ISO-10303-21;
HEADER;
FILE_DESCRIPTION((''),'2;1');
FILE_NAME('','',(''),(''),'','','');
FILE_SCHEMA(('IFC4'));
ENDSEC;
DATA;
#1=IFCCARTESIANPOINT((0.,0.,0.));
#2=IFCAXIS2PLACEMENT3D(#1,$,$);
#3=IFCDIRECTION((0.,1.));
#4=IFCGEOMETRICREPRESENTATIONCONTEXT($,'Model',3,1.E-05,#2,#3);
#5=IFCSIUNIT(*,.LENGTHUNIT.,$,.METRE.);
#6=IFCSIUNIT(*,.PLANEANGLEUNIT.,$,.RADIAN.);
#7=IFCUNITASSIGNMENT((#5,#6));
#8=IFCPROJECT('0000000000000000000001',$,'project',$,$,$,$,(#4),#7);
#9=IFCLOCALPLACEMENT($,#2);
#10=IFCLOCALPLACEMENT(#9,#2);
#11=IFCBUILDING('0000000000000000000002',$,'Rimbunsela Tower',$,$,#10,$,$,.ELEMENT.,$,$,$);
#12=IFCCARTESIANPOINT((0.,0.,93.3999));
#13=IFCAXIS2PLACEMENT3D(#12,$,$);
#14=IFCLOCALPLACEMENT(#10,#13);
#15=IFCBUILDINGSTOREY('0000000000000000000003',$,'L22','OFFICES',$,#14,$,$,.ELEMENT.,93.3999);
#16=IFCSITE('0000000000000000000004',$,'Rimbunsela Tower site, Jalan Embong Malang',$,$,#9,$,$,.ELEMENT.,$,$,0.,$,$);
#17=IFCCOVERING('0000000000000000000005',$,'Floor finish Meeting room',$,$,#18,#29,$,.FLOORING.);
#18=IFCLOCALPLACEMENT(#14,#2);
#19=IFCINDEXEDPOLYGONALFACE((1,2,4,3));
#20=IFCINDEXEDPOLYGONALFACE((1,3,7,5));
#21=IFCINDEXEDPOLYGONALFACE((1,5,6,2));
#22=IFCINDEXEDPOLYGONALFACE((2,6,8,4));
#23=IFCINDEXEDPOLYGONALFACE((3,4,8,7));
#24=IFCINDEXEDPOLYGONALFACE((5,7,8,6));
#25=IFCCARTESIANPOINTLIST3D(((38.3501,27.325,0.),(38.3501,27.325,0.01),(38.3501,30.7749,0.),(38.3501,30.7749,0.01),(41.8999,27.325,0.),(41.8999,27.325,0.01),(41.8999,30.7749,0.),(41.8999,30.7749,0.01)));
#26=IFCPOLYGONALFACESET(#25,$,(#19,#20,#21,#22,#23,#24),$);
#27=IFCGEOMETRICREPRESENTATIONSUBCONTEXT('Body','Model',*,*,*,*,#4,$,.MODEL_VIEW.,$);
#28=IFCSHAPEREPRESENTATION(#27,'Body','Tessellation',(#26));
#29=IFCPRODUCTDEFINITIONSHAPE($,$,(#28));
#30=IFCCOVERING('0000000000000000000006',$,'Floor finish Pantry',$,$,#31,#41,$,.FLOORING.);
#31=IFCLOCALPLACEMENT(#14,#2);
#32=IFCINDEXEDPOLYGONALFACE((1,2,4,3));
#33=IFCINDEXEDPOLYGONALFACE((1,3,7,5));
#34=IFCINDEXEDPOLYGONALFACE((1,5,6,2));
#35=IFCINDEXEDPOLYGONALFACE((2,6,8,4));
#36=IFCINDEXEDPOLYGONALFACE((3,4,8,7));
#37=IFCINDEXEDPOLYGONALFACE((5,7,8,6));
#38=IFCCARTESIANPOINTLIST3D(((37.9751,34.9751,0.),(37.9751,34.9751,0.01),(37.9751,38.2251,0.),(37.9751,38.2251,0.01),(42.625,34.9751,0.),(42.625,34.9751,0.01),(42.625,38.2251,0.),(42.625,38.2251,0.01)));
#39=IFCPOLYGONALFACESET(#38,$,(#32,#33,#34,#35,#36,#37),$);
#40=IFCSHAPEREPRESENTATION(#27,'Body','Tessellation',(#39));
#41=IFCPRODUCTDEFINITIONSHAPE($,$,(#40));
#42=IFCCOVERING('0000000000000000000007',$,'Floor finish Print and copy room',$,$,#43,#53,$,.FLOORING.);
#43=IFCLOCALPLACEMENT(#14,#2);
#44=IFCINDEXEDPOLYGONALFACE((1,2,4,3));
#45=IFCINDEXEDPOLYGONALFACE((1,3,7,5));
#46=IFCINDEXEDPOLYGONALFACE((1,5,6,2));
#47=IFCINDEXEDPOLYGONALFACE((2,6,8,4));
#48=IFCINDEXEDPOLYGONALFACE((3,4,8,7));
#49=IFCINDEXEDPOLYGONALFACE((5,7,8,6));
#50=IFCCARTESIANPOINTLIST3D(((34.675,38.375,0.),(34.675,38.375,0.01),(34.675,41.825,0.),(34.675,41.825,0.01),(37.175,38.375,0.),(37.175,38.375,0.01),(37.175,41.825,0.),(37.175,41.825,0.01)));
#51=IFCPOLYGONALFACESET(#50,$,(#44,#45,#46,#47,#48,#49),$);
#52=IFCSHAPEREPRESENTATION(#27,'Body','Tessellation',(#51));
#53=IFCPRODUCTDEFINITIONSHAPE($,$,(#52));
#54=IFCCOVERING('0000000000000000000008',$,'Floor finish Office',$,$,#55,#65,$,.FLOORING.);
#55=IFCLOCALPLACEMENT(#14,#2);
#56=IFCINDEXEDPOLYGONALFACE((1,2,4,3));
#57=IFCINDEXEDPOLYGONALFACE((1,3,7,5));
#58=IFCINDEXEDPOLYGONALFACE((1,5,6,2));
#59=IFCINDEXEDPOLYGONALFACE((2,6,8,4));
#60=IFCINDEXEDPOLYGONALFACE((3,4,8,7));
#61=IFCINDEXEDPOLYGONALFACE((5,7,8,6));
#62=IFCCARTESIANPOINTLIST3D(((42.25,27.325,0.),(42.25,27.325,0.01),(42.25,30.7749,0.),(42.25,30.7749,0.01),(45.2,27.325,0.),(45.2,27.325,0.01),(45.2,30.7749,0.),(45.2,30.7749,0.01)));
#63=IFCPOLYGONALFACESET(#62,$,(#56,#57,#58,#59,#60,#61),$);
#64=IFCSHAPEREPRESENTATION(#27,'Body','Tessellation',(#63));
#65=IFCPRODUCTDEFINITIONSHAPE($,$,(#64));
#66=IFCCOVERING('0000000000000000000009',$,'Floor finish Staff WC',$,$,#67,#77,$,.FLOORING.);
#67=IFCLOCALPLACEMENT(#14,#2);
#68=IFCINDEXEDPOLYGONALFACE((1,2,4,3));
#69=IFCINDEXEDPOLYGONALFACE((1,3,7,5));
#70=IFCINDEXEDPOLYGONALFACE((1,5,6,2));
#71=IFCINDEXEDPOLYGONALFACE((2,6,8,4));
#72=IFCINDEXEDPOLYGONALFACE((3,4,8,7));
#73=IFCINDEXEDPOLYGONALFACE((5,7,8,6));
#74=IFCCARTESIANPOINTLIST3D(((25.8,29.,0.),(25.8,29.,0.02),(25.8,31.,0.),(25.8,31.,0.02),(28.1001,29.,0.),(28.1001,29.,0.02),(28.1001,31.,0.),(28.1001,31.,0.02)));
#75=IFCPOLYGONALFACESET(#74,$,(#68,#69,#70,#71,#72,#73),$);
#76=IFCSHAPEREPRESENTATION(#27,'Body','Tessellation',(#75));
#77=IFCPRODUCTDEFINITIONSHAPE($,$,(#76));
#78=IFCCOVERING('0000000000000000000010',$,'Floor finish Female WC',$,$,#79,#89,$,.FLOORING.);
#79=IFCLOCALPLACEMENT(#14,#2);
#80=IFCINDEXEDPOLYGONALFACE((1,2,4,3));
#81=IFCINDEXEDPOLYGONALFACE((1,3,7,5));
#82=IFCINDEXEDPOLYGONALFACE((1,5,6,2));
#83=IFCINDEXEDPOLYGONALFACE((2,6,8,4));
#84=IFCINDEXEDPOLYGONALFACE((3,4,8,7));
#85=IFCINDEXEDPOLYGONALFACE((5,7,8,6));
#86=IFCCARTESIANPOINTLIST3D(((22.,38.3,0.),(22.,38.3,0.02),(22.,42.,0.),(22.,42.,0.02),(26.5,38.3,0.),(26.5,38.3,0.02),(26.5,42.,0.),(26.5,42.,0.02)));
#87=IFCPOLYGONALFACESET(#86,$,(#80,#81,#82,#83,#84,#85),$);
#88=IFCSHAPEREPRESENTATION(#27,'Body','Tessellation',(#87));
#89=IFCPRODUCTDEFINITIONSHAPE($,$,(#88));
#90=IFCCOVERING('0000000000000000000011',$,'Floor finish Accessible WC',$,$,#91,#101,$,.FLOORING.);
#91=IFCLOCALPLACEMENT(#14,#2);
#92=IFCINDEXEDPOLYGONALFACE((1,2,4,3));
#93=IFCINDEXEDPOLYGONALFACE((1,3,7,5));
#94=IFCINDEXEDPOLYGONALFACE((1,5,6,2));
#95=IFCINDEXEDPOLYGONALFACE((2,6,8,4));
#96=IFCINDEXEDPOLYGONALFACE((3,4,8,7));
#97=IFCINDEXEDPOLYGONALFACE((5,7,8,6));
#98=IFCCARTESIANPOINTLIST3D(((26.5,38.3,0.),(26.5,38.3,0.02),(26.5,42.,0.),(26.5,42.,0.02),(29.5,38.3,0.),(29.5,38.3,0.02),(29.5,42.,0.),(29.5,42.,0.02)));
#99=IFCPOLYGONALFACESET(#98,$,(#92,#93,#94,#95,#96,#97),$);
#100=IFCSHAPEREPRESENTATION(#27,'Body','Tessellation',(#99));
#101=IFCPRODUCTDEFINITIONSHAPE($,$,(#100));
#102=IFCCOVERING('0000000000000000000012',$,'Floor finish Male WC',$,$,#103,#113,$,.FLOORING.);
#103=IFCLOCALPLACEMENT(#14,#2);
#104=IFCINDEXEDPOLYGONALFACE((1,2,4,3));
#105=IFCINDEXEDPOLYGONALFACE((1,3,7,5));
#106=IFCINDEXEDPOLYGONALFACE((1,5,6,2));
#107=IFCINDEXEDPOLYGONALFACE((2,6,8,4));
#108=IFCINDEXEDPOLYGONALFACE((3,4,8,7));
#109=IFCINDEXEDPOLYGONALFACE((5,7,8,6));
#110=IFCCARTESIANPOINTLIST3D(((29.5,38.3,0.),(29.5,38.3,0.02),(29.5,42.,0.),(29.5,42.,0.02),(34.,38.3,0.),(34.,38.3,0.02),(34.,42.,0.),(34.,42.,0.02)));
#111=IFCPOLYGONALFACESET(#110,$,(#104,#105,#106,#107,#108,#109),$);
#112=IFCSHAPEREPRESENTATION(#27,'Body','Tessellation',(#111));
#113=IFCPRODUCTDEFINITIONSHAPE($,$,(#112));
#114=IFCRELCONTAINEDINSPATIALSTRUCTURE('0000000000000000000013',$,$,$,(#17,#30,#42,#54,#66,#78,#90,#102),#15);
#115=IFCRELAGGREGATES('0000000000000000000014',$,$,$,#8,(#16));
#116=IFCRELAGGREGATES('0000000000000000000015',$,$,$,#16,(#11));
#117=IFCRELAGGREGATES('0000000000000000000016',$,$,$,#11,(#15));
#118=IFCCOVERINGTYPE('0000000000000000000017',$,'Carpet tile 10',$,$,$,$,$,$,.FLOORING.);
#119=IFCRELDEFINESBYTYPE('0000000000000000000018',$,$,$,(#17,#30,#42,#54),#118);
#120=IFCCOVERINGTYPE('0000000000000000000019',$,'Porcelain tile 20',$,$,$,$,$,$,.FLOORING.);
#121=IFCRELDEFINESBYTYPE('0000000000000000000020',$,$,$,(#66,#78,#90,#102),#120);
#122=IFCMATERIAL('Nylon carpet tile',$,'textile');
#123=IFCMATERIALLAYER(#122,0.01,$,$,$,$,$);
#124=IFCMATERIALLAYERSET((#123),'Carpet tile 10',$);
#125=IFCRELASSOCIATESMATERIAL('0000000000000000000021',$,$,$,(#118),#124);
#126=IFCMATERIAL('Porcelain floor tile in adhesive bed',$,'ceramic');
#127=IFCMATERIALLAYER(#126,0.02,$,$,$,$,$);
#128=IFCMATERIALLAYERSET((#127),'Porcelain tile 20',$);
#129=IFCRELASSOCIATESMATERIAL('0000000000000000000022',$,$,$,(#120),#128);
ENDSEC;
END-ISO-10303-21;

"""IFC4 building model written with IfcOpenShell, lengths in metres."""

from ifc_helpers import new_model, si_unit, direction, frame, origin, place, context, subcontext, project, spatial, polyline, outline, extrude, material, layer, layer_set, type_object, element, save


model = new_model("IFC4")

# Units and contexts
model_context = context("Model", 3, precision=1e-05, world=origin(), true_north=direction((0.0, 1.0)))
body_context = subcontext(model_context, "Body", "Model", "MODEL_VIEW")
ifc_project = project(units=[si_unit("LENGTHUNIT", "METRE"), si_unit("PLANEANGLEUNIT", "RADIAN")], contexts=[model_context])

# Site, building, storey
site_placement = place(None, origin())
site = spatial("IfcSite", under=ifc_project, at=site_placement, Name="Rimbunsela Tower site, Jalan Embong Malang", CompositionType="ELEMENT", RefElevation=0.0)
building_placement = place(site_placement, origin())
building = spatial("IfcBuilding", under=site, at=building_placement, Name="Rimbunsela Tower", CompositionType="ELEMENT")
storey_placement = place(building_placement, frame((0.0, 0.0, 93.3999)))
storey = spatial("IfcBuildingStorey", under=building, at=storey_placement, Name="L22", Description="OFFICES", CompositionType="ELEMENT", Elevation=93.3999)

# Coverings
ifc_material_1 = material(Name="Nylon carpet tile", Category="textile")
ifc_layer_1 = layer(ifc_material_1, 0.01)
ifc_layer_set_1 = layer_set([ifc_layer_1], Name="Carpet tile 10")
covering_type_1 = type_object("IfcCoveringType", Name="Carpet tile 10", PredefinedType="FLOORING", material=ifc_layer_set_1)
covering_1_placement = place(storey_placement, origin())
element("IfcCovering", 1, at=covering_1_placement, inside=storey, type_object=covering_type_1, Name="Floor finish Meeting room", PredefinedType="FLOORING", context=body_context, shape_type="SweptSolid", body=[
    extrude(outline(polyline([(41.8999, 27.325), (41.8999, 30.7749), (38.3501, 30.7749), (38.3501, 27.325), (41.8999, 27.325)])), origin(), (0.0, 0.0, 1.0), 0.01),
])
covering_2_placement = place(storey_placement, origin())
element("IfcCovering", 2, at=covering_2_placement, inside=storey, type_object=covering_type_1, Name="Floor finish Pantry", PredefinedType="FLOORING", context=body_context, shape_type="SweptSolid", body=[
    extrude(outline(polyline([(42.625, 34.9751), (42.625, 38.2251), (37.9751, 38.2251), (37.9751, 34.9751), (42.625, 34.9751)])), origin(), (0.0, 0.0, 1.0), 0.01),
])
covering_3_placement = place(storey_placement, origin())
element("IfcCovering", 3, at=covering_3_placement, inside=storey, type_object=covering_type_1, Name="Floor finish Print and copy room", PredefinedType="FLOORING", context=body_context, shape_type="SweptSolid", body=[
    extrude(outline(polyline([(37.175, 38.375), (37.175, 41.825), (34.675, 41.825), (34.675, 38.375), (37.175, 38.375)])), origin(), (0.0, 0.0, 1.0), 0.01),
])
covering_4_placement = place(storey_placement, origin())
element("IfcCovering", 4, at=covering_4_placement, inside=storey, type_object=covering_type_1, Name="Floor finish Office", PredefinedType="FLOORING", context=body_context, shape_type="SweptSolid", body=[
    extrude(outline(polyline([(45.2, 27.325), (45.2, 30.7749), (42.25, 30.7749), (42.25, 27.325), (45.2, 27.325)])), origin(), (0.0, 0.0, 1.0), 0.01),
])
ifc_material_2 = material(Name="Porcelain floor tile in adhesive bed", Category="ceramic")
ifc_layer_2 = layer(ifc_material_2, 0.02)
ifc_layer_set_2 = layer_set([ifc_layer_2], Name="Porcelain tile 20")
covering_type_2 = type_object("IfcCoveringType", Name="Porcelain tile 20", PredefinedType="FLOORING", material=ifc_layer_set_2)
covering_5_placement = place(storey_placement, origin())
element("IfcCovering", 5, at=covering_5_placement, inside=storey, type_object=covering_type_2, Name="Floor finish Staff WC", PredefinedType="FLOORING", context=body_context, shape_type="SweptSolid", body=[
    extrude(outline(polyline([(28.1001, 29.0), (28.1001, 31.0), (25.8, 31.0), (25.8, 29.0), (28.1001, 29.0)])), origin(), (0.0, 0.0, 1.0), 0.02),
])
covering_6_placement = place(storey_placement, origin())
element("IfcCovering", 6, at=covering_6_placement, inside=storey, type_object=covering_type_2, Name="Floor finish Female WC", PredefinedType="FLOORING", context=body_context, shape_type="SweptSolid", body=[
    extrude(outline(polyline([(26.5, 38.3), (26.5, 42.0), (22.0, 42.0), (22.0, 38.3), (26.5, 38.3)])), origin(), (0.0, 0.0, 1.0), 0.02),
])
covering_7_placement = place(storey_placement, origin())
element("IfcCovering", 7, at=covering_7_placement, inside=storey, type_object=covering_type_2, Name="Floor finish Accessible WC", PredefinedType="FLOORING", context=body_context, shape_type="SweptSolid", body=[
    extrude(outline(polyline([(29.5, 38.3), (29.5, 42.0), (26.5, 42.0), (26.5, 38.3), (29.5, 38.3)])), origin(), (0.0, 0.0, 1.0), 0.02),
])
covering_8_placement = place(storey_placement, origin())
element("IfcCovering", 8, at=covering_8_placement, inside=storey, type_object=covering_type_2, Name="Floor finish Male WC", PredefinedType="FLOORING", context=body_context, shape_type="SweptSolid", body=[
    extrude(outline(polyline([(34.0, 38.3), (34.0, 42.0), (29.5, 42.0), (29.5, 38.3), (34.0, 38.3)])), origin(), (0.0, 0.0, 1.0), 0.02),
])

save(model, "model.ifc")
